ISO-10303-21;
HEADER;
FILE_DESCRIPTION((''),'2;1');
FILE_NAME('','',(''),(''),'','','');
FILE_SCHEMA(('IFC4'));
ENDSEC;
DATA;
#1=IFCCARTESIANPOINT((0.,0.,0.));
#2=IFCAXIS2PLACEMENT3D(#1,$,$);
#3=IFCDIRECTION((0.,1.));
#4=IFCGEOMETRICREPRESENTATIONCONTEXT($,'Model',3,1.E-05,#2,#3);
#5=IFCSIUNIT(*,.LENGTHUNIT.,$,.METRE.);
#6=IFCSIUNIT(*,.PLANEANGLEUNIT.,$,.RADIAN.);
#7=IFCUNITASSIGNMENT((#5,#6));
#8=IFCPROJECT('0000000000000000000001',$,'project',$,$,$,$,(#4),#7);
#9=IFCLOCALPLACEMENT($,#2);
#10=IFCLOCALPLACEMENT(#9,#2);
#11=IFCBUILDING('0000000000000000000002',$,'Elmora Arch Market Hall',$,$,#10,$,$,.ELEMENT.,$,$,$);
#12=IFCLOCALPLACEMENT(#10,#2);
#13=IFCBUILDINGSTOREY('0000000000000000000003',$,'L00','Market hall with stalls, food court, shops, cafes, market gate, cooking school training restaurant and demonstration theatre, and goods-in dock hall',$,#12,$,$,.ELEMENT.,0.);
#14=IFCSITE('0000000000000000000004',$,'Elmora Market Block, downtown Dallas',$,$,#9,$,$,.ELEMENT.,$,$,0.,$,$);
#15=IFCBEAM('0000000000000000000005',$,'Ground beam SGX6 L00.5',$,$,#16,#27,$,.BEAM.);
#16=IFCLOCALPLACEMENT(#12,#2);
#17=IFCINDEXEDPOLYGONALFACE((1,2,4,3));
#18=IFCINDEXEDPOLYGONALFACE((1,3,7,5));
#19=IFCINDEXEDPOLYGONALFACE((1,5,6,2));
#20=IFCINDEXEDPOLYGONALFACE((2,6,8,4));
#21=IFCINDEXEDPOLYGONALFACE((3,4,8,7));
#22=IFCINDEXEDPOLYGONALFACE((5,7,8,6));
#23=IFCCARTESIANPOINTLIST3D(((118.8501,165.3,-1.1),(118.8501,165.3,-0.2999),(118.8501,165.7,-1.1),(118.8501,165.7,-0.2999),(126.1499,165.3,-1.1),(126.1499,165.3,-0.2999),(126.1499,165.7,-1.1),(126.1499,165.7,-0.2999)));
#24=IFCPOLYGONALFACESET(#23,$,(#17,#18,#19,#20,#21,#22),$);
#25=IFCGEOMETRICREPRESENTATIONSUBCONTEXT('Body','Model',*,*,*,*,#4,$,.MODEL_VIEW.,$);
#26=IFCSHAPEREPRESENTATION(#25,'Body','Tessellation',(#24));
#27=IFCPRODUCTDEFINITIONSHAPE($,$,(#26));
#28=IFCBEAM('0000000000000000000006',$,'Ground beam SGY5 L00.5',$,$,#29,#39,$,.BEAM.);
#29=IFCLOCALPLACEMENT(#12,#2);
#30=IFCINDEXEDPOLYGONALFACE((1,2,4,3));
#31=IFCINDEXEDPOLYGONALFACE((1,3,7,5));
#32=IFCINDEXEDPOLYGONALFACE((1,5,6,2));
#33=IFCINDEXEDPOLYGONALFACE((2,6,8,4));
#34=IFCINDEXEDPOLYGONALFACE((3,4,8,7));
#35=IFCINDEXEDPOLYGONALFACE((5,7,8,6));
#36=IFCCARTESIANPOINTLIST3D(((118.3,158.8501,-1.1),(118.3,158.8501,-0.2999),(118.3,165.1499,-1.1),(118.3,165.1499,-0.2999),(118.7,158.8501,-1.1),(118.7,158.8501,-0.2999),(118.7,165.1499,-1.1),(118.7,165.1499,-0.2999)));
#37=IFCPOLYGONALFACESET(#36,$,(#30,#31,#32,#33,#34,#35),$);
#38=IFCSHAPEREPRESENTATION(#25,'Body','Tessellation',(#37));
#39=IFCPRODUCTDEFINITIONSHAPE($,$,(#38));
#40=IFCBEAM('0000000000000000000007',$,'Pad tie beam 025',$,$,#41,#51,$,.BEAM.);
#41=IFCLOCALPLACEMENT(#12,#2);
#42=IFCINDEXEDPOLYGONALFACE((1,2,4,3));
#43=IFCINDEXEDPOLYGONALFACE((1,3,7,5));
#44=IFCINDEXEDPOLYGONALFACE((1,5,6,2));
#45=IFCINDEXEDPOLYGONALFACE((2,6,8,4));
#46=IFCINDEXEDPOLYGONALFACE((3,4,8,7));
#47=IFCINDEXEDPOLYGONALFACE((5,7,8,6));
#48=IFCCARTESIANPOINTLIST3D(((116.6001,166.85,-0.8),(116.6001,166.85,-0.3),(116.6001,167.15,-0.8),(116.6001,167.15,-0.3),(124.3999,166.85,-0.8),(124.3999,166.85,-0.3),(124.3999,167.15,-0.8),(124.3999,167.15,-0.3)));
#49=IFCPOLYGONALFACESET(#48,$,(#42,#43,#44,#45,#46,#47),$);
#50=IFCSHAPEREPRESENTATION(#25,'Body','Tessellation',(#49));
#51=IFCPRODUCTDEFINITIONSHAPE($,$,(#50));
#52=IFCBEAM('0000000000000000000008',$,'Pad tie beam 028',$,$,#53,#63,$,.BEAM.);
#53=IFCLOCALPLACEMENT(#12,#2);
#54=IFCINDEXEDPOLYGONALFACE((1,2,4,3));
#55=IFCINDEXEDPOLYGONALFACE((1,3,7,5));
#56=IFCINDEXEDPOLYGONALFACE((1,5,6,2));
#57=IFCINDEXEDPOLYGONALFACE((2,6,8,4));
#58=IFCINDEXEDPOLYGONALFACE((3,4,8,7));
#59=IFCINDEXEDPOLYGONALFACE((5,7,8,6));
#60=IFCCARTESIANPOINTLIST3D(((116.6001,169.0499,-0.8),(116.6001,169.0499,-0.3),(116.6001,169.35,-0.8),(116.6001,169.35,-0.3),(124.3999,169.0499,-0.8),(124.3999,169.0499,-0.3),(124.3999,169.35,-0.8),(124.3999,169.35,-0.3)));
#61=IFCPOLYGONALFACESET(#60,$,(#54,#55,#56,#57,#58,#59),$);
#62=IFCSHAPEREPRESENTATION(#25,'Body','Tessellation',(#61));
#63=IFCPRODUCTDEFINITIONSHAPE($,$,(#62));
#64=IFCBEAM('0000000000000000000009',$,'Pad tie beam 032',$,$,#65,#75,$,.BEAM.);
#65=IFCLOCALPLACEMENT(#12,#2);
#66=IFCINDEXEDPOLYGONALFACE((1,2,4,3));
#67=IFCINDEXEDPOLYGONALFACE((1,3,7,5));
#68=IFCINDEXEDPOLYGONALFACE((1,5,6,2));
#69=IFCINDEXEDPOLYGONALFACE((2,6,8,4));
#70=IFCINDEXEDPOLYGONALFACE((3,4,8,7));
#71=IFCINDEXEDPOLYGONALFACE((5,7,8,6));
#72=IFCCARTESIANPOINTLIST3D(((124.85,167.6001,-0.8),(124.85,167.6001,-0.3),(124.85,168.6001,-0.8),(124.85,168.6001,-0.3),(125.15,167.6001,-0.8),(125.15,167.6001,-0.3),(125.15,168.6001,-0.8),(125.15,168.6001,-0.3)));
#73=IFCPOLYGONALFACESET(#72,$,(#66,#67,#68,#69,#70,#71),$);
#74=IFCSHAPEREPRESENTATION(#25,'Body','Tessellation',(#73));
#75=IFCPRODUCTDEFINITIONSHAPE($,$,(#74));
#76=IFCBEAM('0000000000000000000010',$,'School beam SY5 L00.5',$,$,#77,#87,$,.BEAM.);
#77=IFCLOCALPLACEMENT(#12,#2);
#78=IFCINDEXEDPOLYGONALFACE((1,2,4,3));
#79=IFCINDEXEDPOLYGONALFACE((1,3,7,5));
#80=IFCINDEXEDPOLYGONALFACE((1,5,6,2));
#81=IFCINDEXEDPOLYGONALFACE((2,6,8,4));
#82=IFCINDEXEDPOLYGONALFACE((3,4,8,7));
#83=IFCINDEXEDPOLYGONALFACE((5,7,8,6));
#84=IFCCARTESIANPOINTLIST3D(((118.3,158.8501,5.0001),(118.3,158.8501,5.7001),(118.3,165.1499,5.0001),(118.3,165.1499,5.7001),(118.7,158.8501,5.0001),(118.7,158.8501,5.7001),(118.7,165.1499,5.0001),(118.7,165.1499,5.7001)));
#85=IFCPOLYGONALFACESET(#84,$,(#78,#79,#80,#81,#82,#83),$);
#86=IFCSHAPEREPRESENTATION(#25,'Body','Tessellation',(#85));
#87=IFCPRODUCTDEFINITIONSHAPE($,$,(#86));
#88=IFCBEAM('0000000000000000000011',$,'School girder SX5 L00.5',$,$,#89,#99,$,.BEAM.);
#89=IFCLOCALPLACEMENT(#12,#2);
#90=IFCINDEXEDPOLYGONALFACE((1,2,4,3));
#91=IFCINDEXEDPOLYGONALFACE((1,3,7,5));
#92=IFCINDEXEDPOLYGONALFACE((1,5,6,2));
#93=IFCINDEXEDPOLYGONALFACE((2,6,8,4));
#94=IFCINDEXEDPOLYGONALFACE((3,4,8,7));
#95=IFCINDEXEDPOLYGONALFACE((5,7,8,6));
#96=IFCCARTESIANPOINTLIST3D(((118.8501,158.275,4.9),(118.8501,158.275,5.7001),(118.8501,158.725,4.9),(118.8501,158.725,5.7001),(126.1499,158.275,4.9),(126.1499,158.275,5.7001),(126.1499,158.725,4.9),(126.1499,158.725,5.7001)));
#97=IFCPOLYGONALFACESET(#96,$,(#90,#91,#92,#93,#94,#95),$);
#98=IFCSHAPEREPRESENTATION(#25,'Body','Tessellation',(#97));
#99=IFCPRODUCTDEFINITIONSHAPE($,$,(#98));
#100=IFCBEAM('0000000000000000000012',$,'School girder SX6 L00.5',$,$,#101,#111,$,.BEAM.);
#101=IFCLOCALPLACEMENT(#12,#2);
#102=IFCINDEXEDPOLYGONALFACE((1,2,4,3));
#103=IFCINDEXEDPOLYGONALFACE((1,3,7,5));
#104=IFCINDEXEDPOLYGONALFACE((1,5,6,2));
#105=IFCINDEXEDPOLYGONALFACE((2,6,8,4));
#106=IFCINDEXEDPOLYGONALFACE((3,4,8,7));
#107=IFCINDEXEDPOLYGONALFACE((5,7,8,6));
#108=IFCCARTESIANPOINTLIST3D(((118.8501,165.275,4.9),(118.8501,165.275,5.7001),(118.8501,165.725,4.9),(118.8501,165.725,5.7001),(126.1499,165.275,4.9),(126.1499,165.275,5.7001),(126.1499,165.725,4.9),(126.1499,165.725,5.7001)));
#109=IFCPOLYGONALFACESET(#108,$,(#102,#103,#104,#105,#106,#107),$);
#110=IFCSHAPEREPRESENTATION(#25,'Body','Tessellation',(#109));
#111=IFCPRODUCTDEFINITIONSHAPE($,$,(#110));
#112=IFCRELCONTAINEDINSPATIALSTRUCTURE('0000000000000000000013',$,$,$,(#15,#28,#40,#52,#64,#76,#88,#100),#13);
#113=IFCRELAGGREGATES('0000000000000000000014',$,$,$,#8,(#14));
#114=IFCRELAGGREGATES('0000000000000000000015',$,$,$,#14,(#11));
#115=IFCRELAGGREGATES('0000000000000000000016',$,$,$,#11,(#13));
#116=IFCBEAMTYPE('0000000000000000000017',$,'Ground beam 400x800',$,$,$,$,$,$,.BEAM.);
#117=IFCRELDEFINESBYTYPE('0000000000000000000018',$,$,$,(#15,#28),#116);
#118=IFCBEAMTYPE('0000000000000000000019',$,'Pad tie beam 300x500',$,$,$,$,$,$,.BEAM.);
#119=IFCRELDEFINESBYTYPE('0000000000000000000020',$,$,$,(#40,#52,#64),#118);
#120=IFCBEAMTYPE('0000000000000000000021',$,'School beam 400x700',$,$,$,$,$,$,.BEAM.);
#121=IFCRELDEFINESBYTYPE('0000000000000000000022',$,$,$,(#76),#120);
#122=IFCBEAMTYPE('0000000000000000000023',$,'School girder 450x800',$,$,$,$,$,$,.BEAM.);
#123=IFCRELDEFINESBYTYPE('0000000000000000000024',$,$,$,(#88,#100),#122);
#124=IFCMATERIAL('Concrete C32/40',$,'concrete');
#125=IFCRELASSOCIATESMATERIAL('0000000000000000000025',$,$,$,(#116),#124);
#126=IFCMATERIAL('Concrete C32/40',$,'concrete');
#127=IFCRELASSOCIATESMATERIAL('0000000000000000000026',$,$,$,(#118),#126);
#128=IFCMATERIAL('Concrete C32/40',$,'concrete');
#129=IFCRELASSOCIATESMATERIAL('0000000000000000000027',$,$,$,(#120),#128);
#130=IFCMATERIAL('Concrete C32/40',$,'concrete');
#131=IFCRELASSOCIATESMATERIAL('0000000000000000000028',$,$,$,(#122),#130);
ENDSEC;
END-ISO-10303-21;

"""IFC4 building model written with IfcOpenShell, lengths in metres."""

from ifc_helpers import new_model, si_unit, direction, frame, origin, origin_2d, place, context, subcontext, project, spatial, rectangle, extrude, material, material_profile, profile_set, type_object, element, save


model = new_model("IFC4")

# Units and contexts
model_context = context("Model", 3, precision=1e-05, world=origin(), true_north=direction((0.0, 1.0)))
body_context = subcontext(model_context, "Body", "Model", "MODEL_VIEW")
ifc_project = project(units=[si_unit("LENGTHUNIT", "METRE"), si_unit("PLANEANGLEUNIT", "RADIAN")], contexts=[model_context])

# Site, building, storey
site_placement = place(None, origin())
site = spatial("IfcSite", under=ifc_project, at=site_placement, Name="Elmora Market Block, downtown Dallas", CompositionType="ELEMENT", RefElevation=0.0)
building_placement = place(site_placement, origin())
building = spatial("IfcBuilding", under=site, at=building_placement, Name="Elmora Arch Market Hall", CompositionType="ELEMENT")
storey_placement = place(building_placement, origin())
storey = spatial("IfcBuildingStorey", under=building, at=storey_placement, Name="L00", Description="Market hall with stalls, food court, shops, cafes, market gate, cooking school training restaurant and demonstration theatre, and goods-in dock hall", CompositionType="ELEMENT", Elevation=0.0)

# Beams
ifc_material_1 = material(Name="Concrete C32/40", Category="concrete")
ifc_material_profile_1 = material_profile(ifc_material_1, rectangle(XDim=0.3999, YDim=0.8, at=origin_2d()), Name="Ground beam 400x800")
ifc_profile_set_1 = profile_set([ifc_material_profile_1], Name="Concrete C32/40")
beam_type_1 = type_object("IfcBeamType", Name="Ground beam 400x800", PredefinedType="BEAM", material=ifc_profile_set_1)
for number, where, z_axis, x_axis, name in (
    (1, (118.8501, 165.5, -0.7), (1.0, 0.0, 0.0), (0.0, 1.0, 0.0), "Ground beam SGX6 L00.5"),
):
    element("IfcBeam", number, at=place(storey_placement, frame(where, z_axis=z_axis, x_axis=x_axis)), inside=storey, type_object=beam_type_1, Name=name, PredefinedType="BEAM", context=body_context, shape_type="SweptSolid", body=[
        extrude(rectangle(XDim=0.3999, YDim=0.8, at=origin_2d()), origin(), (0.0, 0.0, 1.0), 7.2998),
    ])
beam_1_placement = place(storey_placement, frame((118.5, 158.8501, -0.7), z_axis=(0.0, 1.0, 0.0), x_axis=(-1.0, 0.0, 0.0)))
element("IfcBeam", 2, at=beam_1_placement, inside=storey, type_object=beam_type_1, Name="Ground beam SGY5 L00.5", PredefinedType="BEAM", context=body_context, shape_type="SweptSolid", body=[
    extrude(rectangle(XDim=0.3999, YDim=0.8, at=origin_2d()), origin(), (0.0, 0.0, 1.0), 6.2998),
])
ifc_material_2 = material(Name="Concrete C32/40", Category="concrete")
ifc_material_profile_2 = material_profile(ifc_material_2, rectangle(XDim=0.3, YDim=0.5, at=origin_2d()), Name="Pad tie beam 300x500")
ifc_profile_set_2 = profile_set([ifc_material_profile_2], Name="Concrete C32/40")
beam_type_2 = type_object("IfcBeamType", Name="Pad tie beam 300x500", PredefinedType="BEAM", material=ifc_profile_set_2)
for number, where, z_axis, x_axis, name in (
    (3, (116.6001, 167.0, -0.55), (1.0, 0.0, 0.0), (0.0, 1.0, 0.0), "Pad tie beam 025"),
    (4, (116.6001, 169.2, -0.55), (1.0, 0.0, 0.0), (0.0, 1.0, 0.0), "Pad tie beam 028"),
):
    element("IfcBeam", number, at=place(storey_placement, frame(where, z_axis=z_axis, x_axis=x_axis)), inside=storey, type_object=beam_type_2, Name=name, PredefinedType="BEAM", context=body_context, shape_type="SweptSolid", body=[
        extrude(rectangle(XDim=0.3, YDim=0.5, at=origin_2d()), origin(), (0.0, 0.0, 1.0), 7.7998),
    ])
beam_2_placement = place(storey_placement, frame((125.0, 167.6001, -0.55), z_axis=(0.0, 1.0, 0.0), x_axis=(-1.0, 0.0, 0.0)))
element("IfcBeam", 5, at=beam_2_placement, inside=storey, type_object=beam_type_2, Name="Pad tie beam 032", PredefinedType="BEAM", context=body_context, shape_type="SweptSolid", body=[
    extrude(rectangle(XDim=0.3, YDim=0.5, at=origin_2d()), origin(), (0.0, 0.0, 1.0), 1.0),
])
ifc_material_3 = material(Name="Concrete C32/40", Category="concrete")
ifc_material_profile_3 = material_profile(ifc_material_3, rectangle(XDim=0.3999, YDim=0.7, at=origin_2d()), Name="School beam 400x700")
ifc_profile_set_3 = profile_set([ifc_material_profile_3], Name="Concrete C32/40")
beam_type_3 = type_object("IfcBeamType", Name="School beam 400x700", PredefinedType="BEAM", material=ifc_profile_set_3)
beam_3_placement = place(storey_placement, frame((118.5, 158.8501, 5.3501), z_axis=(0.0, 1.0, 0.0), x_axis=(-1.0, 0.0, 0.0)))
element("IfcBeam", 6, at=beam_3_placement, inside=storey, type_object=beam_type_3, Name="School beam SY5 L00.5", PredefinedType="BEAM", context=body_context, shape_type="SweptSolid", body=[
    extrude(rectangle(XDim=0.3999, YDim=0.7, at=origin_2d()), origin(), (0.0, 0.0, 1.0), 6.2998),
])
ifc_material_4 = material(Name="Concrete C32/40", Category="concrete")
ifc_material_profile_4 = material_profile(ifc_material_4, rectangle(XDim=0.45, YDim=0.8, at=origin_2d()), Name="School girder 450x800")
ifc_profile_set_4 = profile_set([ifc_material_profile_4], Name="Concrete C32/40")
beam_type_4 = type_object("IfcBeamType", Name="School girder 450x800", PredefinedType="BEAM", material=ifc_profile_set_4)
for number, where, z_axis, x_axis, name in (
    (7, (118.8501, 158.5, 5.3), (1.0, 0.0, 0.0), (0.0, 1.0, 0.0), "School girder SX5 L00.5"),
    (8, (118.8501, 165.5, 5.3), (1.0, 0.0, 0.0), (0.0, 1.0, 0.0), "School girder SX6 L00.5"),
):
    element("IfcBeam", number, at=place(storey_placement, frame(where, z_axis=z_axis, x_axis=x_axis)), inside=storey, type_object=beam_type_4, Name=name, PredefinedType="BEAM", context=body_context, shape_type="SweptSolid", body=[
        extrude(rectangle(XDim=0.45, YDim=0.8, at=origin_2d()), origin(), (0.0, 0.0, 1.0), 7.2998),
    ])

save(model, "model.ifc")
